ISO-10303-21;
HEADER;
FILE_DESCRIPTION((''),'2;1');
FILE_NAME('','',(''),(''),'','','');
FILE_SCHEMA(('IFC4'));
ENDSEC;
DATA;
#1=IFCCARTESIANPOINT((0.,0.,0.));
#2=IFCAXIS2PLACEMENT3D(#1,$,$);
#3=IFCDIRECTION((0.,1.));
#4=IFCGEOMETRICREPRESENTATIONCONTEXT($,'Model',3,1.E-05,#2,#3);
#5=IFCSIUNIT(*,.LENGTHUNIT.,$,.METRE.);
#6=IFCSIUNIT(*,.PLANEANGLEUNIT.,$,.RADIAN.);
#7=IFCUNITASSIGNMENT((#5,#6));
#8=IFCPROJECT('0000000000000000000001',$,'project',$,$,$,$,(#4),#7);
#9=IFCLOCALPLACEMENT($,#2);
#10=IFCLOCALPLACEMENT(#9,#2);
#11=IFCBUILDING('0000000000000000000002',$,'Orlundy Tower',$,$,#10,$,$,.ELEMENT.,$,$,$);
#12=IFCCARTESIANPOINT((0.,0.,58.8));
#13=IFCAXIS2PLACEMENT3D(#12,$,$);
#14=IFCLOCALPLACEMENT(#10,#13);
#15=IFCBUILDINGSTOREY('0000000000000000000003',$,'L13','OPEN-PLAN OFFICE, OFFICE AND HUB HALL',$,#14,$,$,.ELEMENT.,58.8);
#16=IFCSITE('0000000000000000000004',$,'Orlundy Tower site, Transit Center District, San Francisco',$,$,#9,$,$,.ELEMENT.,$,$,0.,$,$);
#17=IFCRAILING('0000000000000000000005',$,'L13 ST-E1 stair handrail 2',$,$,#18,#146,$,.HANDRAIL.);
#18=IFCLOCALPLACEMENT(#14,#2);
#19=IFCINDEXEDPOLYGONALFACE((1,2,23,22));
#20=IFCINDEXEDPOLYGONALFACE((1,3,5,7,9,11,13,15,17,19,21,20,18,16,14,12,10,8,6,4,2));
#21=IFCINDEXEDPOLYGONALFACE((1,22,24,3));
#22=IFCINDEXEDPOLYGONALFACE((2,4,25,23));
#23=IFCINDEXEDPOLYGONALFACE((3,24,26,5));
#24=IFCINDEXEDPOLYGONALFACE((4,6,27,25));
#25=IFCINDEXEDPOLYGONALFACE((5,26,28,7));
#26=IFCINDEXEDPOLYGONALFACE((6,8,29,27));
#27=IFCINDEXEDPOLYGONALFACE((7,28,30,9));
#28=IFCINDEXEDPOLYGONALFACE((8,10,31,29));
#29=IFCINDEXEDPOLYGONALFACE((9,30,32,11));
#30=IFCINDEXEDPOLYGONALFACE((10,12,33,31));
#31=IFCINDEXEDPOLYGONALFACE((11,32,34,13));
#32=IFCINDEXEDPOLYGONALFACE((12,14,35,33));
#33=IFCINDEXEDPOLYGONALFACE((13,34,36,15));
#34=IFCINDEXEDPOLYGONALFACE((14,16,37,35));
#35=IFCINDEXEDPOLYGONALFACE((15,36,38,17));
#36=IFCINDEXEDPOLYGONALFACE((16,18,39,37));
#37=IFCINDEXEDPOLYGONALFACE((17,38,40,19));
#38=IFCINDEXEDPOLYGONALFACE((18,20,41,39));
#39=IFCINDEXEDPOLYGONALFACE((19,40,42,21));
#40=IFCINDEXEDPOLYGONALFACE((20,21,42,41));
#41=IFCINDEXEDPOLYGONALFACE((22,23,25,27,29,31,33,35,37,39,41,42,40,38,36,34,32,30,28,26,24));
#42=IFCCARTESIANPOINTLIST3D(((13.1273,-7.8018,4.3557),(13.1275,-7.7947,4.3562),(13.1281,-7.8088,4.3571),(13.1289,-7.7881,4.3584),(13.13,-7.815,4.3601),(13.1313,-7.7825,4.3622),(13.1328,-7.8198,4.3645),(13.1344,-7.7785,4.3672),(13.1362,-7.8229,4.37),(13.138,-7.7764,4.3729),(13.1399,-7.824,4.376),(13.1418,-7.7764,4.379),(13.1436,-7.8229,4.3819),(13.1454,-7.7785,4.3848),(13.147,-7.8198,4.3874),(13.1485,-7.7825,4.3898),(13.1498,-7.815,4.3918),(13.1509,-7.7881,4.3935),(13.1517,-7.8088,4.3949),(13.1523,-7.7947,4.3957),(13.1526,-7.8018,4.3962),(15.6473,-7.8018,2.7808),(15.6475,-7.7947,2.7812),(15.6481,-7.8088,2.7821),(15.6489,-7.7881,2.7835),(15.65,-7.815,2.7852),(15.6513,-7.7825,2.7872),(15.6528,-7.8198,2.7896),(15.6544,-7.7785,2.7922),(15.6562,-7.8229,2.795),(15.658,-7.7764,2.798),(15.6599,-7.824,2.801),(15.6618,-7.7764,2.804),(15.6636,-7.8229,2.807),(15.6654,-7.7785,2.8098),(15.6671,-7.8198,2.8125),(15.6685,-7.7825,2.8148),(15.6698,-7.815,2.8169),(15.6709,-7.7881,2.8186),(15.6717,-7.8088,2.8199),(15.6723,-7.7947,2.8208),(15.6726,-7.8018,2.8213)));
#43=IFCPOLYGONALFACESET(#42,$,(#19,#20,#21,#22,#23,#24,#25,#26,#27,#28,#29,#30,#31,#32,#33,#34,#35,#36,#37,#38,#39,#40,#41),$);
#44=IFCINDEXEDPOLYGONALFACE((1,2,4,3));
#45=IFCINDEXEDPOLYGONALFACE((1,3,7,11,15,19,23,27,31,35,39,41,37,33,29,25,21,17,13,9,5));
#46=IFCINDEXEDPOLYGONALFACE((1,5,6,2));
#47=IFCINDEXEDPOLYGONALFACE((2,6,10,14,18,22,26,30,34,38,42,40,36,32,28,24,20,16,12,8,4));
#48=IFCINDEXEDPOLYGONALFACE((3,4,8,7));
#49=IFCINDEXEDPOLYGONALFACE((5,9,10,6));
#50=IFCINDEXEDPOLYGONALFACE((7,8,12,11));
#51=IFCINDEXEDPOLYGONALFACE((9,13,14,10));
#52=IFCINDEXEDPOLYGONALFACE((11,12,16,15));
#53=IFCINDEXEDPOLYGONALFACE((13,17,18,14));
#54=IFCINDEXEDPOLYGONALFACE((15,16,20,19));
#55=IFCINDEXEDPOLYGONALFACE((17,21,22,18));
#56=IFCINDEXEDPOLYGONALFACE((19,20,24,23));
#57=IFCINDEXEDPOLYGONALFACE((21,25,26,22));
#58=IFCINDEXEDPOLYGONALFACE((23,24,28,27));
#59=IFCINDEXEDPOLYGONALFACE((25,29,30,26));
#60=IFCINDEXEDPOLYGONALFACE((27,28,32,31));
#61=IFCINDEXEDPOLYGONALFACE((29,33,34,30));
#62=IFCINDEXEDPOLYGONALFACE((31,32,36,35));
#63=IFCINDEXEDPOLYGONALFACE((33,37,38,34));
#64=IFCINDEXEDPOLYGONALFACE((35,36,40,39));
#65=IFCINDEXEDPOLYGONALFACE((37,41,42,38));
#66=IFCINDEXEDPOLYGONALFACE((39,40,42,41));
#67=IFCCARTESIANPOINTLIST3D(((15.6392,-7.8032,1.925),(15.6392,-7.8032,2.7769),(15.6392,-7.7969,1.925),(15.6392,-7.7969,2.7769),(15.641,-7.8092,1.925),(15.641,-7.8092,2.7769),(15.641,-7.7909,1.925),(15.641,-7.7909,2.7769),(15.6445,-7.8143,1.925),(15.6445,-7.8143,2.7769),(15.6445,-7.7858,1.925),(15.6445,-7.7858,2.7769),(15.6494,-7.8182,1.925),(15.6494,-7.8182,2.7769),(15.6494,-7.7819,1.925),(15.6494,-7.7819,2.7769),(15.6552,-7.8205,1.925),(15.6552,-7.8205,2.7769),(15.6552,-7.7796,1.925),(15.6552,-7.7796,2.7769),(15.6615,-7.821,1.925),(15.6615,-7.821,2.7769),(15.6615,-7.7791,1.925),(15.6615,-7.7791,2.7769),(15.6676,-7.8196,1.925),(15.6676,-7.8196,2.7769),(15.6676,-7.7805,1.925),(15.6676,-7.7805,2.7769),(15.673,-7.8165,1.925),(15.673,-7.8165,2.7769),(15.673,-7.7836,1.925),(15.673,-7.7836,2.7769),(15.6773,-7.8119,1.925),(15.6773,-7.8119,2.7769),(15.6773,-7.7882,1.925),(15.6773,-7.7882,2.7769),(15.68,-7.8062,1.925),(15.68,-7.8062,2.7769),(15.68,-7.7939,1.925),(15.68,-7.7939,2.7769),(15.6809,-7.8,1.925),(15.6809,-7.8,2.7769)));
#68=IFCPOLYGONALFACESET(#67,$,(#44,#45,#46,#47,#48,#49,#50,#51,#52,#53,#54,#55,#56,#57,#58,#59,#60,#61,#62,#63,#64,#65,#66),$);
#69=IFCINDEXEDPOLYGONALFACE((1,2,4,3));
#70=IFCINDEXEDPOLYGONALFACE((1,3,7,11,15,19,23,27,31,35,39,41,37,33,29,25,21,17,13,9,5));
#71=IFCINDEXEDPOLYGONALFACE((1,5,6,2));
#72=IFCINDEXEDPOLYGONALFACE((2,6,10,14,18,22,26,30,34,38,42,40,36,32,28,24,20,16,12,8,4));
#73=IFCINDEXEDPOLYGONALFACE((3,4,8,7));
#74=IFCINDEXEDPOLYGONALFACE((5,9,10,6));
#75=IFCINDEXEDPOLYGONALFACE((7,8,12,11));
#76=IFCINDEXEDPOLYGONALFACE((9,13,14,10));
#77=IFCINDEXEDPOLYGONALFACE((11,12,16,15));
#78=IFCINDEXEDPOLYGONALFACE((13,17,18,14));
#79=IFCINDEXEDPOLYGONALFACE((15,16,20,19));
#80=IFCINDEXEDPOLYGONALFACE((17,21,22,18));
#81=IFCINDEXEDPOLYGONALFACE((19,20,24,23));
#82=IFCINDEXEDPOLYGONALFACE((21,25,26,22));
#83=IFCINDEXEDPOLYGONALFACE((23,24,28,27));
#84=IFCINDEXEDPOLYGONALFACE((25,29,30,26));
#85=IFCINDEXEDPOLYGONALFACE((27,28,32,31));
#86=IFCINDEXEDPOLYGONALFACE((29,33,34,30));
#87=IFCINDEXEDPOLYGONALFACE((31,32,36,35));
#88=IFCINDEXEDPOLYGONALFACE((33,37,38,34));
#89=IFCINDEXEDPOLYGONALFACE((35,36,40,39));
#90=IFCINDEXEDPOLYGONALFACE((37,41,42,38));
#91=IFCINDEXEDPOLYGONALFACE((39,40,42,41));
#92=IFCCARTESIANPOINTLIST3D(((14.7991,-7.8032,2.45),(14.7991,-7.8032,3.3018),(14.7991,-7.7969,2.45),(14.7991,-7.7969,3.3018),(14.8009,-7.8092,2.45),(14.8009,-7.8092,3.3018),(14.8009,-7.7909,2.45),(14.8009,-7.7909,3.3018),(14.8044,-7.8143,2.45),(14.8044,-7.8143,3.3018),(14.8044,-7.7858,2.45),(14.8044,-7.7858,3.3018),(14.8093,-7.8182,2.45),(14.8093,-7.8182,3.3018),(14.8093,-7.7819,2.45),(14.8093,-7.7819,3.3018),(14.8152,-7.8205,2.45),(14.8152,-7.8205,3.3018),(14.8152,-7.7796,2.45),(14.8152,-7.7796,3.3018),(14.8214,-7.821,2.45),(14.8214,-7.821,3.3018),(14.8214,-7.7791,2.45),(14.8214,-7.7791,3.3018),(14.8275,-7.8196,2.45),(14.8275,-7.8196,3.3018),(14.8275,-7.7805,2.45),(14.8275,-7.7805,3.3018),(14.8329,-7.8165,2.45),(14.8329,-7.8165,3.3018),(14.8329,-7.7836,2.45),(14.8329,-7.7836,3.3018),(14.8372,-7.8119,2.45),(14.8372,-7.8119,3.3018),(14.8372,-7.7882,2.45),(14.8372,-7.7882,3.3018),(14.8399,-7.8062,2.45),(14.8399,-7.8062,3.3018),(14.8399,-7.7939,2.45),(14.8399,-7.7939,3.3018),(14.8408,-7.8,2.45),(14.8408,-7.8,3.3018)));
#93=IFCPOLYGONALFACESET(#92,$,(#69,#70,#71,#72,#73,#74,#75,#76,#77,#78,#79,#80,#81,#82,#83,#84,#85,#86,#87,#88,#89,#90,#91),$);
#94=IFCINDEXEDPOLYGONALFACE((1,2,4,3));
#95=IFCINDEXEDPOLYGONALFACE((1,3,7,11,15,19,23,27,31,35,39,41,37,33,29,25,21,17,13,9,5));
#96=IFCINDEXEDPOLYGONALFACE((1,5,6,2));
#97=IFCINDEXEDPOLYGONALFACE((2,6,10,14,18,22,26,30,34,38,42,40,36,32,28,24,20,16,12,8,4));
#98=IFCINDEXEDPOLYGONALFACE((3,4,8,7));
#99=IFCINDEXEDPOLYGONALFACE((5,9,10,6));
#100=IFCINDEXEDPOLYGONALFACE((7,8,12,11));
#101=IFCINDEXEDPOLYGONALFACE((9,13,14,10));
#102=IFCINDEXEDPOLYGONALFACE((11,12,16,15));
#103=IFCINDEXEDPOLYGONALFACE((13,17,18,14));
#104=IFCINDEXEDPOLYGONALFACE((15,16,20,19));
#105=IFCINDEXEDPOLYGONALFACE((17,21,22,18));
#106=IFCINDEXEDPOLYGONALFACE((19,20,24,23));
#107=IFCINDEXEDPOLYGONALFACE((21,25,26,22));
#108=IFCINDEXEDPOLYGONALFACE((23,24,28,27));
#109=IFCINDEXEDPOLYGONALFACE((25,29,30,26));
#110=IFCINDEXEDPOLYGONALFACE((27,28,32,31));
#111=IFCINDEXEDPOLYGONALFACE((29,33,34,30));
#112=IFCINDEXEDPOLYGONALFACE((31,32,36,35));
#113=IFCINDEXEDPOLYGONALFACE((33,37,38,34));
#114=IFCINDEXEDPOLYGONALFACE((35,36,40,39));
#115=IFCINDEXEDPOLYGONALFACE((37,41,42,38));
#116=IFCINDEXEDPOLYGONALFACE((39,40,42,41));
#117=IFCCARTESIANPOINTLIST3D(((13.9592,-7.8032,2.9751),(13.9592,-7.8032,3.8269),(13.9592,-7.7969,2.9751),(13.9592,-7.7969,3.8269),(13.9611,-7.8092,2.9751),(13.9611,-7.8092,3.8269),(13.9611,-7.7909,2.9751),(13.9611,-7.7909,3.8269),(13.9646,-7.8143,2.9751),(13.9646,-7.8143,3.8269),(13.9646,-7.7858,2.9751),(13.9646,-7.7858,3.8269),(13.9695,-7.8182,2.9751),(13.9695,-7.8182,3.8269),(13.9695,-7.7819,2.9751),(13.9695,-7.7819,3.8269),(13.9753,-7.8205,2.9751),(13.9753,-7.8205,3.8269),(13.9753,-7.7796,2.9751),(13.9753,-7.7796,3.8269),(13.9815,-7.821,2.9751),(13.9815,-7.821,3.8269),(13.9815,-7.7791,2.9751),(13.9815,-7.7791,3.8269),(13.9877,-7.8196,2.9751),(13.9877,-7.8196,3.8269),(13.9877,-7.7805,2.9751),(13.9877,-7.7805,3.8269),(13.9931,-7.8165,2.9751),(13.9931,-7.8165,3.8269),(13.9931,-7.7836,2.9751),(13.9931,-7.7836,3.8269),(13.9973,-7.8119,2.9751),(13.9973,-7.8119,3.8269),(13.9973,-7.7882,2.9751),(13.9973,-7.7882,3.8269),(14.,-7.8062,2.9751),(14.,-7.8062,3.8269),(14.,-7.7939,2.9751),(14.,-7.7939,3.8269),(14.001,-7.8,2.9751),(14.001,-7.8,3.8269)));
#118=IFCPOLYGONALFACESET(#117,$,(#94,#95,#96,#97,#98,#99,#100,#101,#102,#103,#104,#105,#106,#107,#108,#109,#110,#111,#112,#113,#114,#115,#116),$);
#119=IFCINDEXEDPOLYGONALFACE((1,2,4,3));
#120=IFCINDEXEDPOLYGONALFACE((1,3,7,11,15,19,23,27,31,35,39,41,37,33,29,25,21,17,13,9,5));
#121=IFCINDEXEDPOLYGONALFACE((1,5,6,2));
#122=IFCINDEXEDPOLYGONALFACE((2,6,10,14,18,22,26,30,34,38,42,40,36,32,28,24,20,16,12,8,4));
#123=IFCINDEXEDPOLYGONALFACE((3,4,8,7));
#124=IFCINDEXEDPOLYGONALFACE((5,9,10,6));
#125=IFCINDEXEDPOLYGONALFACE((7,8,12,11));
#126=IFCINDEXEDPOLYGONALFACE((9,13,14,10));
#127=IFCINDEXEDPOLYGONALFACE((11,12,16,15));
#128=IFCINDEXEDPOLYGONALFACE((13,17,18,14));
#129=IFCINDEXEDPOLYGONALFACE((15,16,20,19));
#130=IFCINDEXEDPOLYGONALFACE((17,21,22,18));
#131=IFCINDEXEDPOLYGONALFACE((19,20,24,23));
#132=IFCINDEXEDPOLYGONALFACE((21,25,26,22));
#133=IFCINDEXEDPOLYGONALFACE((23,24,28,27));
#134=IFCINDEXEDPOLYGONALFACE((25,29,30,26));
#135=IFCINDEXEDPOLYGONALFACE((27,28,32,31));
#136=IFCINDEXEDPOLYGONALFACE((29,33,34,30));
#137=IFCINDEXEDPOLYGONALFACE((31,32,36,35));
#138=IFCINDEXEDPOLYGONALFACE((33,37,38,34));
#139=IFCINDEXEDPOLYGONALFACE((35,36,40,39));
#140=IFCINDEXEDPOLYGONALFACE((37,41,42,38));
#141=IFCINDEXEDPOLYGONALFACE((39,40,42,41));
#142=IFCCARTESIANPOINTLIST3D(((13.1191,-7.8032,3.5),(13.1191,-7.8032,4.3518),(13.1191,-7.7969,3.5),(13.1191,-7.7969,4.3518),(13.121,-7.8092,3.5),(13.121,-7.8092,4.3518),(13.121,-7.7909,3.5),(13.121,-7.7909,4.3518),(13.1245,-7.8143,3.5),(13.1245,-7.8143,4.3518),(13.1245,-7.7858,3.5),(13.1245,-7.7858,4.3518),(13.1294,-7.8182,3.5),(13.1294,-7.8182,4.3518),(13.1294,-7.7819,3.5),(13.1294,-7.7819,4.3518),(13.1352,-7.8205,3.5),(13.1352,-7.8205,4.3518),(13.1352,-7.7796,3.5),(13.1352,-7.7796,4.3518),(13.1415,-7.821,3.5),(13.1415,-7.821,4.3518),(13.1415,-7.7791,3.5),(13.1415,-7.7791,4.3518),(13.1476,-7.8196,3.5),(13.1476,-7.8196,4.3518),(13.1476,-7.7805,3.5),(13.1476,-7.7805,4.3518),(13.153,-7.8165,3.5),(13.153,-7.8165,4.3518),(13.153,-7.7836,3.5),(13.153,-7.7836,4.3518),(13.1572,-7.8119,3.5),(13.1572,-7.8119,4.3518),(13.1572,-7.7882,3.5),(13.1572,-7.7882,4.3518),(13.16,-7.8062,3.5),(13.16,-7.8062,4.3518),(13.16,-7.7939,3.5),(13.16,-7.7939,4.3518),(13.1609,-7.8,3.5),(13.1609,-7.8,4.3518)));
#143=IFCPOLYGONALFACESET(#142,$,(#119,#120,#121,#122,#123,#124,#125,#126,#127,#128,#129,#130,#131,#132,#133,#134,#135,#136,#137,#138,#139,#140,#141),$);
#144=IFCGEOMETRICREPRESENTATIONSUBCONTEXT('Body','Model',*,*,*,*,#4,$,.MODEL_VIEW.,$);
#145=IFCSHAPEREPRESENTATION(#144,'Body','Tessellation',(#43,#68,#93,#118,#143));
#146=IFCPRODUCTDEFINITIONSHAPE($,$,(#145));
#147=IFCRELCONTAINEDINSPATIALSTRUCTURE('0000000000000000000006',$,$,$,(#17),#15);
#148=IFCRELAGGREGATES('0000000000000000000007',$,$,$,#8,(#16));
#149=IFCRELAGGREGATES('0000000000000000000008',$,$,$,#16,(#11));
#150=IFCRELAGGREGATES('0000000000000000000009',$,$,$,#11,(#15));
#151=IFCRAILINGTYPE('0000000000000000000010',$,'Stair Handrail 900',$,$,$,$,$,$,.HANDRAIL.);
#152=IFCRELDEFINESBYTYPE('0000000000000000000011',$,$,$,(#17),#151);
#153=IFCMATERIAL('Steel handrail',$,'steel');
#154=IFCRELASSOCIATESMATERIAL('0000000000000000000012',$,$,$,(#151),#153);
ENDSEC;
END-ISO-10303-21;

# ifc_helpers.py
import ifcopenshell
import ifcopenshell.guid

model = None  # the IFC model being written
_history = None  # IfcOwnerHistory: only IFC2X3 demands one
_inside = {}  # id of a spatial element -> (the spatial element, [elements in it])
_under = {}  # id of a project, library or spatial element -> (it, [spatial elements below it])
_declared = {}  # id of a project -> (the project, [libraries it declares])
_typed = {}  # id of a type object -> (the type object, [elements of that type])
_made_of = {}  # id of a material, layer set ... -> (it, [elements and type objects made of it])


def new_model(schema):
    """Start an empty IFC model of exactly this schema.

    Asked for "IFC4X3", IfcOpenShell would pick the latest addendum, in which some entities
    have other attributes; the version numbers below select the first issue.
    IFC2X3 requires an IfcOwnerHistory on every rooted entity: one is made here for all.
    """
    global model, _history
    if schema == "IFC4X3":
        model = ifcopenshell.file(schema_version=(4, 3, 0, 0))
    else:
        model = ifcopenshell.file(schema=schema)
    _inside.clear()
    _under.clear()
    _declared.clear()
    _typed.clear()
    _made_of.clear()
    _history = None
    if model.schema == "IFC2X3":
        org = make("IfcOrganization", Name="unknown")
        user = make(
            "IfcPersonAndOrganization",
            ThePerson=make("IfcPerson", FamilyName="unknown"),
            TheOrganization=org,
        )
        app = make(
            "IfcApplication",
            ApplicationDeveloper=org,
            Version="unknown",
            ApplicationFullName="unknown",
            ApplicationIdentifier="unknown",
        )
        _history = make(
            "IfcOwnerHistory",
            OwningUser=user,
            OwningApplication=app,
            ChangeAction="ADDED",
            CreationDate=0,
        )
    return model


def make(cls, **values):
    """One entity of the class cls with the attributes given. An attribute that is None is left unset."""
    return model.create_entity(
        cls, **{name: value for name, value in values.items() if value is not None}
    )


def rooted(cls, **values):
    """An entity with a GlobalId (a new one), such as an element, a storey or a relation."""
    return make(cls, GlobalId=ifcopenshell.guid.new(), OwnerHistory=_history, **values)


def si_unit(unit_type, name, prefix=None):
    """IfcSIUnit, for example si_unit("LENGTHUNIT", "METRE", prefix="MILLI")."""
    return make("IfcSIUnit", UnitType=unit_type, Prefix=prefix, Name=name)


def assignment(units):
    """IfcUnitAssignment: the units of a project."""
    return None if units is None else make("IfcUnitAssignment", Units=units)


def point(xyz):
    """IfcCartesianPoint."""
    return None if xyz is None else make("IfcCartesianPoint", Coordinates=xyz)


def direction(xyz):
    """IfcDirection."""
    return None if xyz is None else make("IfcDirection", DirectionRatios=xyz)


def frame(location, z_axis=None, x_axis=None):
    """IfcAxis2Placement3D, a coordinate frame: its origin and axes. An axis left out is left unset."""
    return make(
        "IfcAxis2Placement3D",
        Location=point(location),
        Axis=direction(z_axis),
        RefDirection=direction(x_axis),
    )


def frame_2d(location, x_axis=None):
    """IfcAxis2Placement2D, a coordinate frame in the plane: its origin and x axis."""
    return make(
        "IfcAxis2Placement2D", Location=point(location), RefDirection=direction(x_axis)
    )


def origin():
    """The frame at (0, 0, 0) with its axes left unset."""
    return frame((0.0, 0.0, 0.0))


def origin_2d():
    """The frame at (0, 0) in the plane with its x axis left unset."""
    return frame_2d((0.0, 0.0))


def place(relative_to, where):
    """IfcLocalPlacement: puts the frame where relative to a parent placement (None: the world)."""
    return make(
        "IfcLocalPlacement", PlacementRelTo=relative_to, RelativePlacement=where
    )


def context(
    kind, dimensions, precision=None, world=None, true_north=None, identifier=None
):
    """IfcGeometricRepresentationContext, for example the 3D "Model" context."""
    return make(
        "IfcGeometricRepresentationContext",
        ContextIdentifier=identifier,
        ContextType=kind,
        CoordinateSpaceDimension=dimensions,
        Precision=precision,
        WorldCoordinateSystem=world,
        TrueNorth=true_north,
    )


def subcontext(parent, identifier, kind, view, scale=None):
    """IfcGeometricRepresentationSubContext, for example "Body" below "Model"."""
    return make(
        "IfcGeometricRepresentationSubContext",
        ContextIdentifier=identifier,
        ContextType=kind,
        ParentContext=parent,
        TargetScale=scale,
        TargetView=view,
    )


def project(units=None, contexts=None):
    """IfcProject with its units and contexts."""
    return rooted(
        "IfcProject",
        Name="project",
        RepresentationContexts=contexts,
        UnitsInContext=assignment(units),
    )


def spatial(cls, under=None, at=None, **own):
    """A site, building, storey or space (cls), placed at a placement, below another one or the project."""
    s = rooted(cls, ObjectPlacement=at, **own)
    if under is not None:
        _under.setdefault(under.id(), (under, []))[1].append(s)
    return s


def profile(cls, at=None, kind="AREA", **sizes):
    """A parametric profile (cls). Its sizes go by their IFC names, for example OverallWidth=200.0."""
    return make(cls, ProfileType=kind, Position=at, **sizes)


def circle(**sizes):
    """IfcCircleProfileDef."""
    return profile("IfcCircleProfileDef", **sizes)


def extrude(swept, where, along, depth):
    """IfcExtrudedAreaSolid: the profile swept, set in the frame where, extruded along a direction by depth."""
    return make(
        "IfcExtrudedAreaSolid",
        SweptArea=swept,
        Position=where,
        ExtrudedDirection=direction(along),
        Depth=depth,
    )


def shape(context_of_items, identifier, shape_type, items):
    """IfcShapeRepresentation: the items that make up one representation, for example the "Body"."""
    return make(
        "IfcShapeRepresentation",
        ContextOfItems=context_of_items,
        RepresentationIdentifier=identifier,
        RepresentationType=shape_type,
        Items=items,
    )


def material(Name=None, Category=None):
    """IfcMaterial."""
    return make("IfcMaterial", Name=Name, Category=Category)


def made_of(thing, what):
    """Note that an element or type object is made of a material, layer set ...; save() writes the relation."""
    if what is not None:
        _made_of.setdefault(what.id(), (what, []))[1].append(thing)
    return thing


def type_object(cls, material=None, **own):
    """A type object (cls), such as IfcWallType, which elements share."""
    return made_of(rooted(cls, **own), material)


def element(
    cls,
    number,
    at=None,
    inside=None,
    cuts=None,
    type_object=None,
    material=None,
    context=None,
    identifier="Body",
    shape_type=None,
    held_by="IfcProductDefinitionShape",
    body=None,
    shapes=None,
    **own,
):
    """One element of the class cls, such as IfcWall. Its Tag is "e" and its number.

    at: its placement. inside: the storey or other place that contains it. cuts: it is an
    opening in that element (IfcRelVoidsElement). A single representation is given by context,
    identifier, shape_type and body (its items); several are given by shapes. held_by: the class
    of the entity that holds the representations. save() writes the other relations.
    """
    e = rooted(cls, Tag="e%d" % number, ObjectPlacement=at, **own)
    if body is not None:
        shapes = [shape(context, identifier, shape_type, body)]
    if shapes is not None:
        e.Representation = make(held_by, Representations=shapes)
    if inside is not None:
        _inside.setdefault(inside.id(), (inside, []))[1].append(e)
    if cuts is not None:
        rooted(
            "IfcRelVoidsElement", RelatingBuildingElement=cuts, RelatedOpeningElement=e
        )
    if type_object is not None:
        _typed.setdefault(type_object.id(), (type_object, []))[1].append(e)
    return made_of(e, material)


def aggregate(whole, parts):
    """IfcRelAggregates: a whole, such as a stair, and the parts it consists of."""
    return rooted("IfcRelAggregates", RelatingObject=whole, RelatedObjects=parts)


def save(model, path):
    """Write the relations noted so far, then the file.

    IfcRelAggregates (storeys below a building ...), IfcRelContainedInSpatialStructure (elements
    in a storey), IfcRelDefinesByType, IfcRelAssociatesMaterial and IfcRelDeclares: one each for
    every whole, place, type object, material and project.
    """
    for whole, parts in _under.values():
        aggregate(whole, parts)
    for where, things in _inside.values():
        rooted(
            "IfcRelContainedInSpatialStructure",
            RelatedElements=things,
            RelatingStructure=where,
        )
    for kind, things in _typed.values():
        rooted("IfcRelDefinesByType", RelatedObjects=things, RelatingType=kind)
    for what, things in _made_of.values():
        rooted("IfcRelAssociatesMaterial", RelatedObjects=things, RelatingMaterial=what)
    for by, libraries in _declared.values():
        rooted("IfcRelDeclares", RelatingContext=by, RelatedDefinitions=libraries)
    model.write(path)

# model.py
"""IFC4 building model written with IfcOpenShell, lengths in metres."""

from ifc_helpers import new_model, si_unit, direction, frame, origin, origin_2d, place, context, subcontext, project, spatial, circle, extrude, material, type_object, element, save


model = new_model("IFC4")

# Units and contexts
model_context = context("Model", 3, precision=1e-05, world=origin(), true_north=direction((0.0, 1.0)))
body_context = subcontext(model_context, "Body", "Model", "MODEL_VIEW")
ifc_project = project(units=[si_unit("LENGTHUNIT", "METRE"), si_unit("PLANEANGLEUNIT", "RADIAN")], contexts=[model_context])

# Site, building, storey
site_placement = place(None, origin())
site = spatial("IfcSite", under=ifc_project, at=site_placement, Name="Orlundy Tower site, Transit Center District, San Francisco", CompositionType="ELEMENT", RefElevation=0.0)
building_placement = place(site_placement, origin())
building = spatial("IfcBuilding", under=site, at=building_placement, Name="Orlundy Tower", CompositionType="ELEMENT")
storey_placement = place(building_placement, frame((0.0, 0.0, 58.8)))
storey = spatial("IfcBuildingStorey", under=building, at=storey_placement, Name="L13", Description="OPEN-PLAN OFFICE, OFFICE AND HUB HALL", CompositionType="ELEMENT", Elevation=58.8)

# Railing
ifc_material_1 = material(Name="Steel handrail", Category="steel")
railing_type_1 = type_object("IfcRailingType", Name="Stair Handrail 900", PredefinedType="HANDRAIL", material=ifc_material_1)
railing_1_placement = place(storey_placement, frame((15.6599, -7.8, 1.925)))
element("IfcRailing", 1, at=railing_1_placement, inside=storey, type_object=railing_type_1, Name="L13 ST-E1 stair handrail 2", PredefinedType="HANDRAIL", context=body_context, shape_type="SweptSolid", body=[
    extrude(circle(Radius=0.0239, at=origin_2d()), frame((0.0, 0.0, 0.876), z_axis=(-0.848008, 0.0, 0.529984), x_axis=(0.0, -1.0, 0.0)), (0.0, 0.0, 1.0), 2.9717),
    extrude(circle(Radius=0.021, at=origin_2d()), origin(), (0.0, 0.0, 1.0), 0.8518),
    extrude(circle(Radius=0.021, at=origin_2d()), frame((-0.8401, 0.0, 0.5249)), (0.0, 0.0, 1.0), 0.8518),
    extrude(circle(Radius=0.021, at=origin_2d()), frame((-1.6799, 0.0, 1.05)), (0.0, 0.0, 1.0), 0.8518),
    extrude(circle(Radius=0.021, at=origin_2d()), frame((-2.52, 0.0, 1.575)), (0.0, 0.0, 1.0), 0.8518),
])

save(model, "model.ifc")
